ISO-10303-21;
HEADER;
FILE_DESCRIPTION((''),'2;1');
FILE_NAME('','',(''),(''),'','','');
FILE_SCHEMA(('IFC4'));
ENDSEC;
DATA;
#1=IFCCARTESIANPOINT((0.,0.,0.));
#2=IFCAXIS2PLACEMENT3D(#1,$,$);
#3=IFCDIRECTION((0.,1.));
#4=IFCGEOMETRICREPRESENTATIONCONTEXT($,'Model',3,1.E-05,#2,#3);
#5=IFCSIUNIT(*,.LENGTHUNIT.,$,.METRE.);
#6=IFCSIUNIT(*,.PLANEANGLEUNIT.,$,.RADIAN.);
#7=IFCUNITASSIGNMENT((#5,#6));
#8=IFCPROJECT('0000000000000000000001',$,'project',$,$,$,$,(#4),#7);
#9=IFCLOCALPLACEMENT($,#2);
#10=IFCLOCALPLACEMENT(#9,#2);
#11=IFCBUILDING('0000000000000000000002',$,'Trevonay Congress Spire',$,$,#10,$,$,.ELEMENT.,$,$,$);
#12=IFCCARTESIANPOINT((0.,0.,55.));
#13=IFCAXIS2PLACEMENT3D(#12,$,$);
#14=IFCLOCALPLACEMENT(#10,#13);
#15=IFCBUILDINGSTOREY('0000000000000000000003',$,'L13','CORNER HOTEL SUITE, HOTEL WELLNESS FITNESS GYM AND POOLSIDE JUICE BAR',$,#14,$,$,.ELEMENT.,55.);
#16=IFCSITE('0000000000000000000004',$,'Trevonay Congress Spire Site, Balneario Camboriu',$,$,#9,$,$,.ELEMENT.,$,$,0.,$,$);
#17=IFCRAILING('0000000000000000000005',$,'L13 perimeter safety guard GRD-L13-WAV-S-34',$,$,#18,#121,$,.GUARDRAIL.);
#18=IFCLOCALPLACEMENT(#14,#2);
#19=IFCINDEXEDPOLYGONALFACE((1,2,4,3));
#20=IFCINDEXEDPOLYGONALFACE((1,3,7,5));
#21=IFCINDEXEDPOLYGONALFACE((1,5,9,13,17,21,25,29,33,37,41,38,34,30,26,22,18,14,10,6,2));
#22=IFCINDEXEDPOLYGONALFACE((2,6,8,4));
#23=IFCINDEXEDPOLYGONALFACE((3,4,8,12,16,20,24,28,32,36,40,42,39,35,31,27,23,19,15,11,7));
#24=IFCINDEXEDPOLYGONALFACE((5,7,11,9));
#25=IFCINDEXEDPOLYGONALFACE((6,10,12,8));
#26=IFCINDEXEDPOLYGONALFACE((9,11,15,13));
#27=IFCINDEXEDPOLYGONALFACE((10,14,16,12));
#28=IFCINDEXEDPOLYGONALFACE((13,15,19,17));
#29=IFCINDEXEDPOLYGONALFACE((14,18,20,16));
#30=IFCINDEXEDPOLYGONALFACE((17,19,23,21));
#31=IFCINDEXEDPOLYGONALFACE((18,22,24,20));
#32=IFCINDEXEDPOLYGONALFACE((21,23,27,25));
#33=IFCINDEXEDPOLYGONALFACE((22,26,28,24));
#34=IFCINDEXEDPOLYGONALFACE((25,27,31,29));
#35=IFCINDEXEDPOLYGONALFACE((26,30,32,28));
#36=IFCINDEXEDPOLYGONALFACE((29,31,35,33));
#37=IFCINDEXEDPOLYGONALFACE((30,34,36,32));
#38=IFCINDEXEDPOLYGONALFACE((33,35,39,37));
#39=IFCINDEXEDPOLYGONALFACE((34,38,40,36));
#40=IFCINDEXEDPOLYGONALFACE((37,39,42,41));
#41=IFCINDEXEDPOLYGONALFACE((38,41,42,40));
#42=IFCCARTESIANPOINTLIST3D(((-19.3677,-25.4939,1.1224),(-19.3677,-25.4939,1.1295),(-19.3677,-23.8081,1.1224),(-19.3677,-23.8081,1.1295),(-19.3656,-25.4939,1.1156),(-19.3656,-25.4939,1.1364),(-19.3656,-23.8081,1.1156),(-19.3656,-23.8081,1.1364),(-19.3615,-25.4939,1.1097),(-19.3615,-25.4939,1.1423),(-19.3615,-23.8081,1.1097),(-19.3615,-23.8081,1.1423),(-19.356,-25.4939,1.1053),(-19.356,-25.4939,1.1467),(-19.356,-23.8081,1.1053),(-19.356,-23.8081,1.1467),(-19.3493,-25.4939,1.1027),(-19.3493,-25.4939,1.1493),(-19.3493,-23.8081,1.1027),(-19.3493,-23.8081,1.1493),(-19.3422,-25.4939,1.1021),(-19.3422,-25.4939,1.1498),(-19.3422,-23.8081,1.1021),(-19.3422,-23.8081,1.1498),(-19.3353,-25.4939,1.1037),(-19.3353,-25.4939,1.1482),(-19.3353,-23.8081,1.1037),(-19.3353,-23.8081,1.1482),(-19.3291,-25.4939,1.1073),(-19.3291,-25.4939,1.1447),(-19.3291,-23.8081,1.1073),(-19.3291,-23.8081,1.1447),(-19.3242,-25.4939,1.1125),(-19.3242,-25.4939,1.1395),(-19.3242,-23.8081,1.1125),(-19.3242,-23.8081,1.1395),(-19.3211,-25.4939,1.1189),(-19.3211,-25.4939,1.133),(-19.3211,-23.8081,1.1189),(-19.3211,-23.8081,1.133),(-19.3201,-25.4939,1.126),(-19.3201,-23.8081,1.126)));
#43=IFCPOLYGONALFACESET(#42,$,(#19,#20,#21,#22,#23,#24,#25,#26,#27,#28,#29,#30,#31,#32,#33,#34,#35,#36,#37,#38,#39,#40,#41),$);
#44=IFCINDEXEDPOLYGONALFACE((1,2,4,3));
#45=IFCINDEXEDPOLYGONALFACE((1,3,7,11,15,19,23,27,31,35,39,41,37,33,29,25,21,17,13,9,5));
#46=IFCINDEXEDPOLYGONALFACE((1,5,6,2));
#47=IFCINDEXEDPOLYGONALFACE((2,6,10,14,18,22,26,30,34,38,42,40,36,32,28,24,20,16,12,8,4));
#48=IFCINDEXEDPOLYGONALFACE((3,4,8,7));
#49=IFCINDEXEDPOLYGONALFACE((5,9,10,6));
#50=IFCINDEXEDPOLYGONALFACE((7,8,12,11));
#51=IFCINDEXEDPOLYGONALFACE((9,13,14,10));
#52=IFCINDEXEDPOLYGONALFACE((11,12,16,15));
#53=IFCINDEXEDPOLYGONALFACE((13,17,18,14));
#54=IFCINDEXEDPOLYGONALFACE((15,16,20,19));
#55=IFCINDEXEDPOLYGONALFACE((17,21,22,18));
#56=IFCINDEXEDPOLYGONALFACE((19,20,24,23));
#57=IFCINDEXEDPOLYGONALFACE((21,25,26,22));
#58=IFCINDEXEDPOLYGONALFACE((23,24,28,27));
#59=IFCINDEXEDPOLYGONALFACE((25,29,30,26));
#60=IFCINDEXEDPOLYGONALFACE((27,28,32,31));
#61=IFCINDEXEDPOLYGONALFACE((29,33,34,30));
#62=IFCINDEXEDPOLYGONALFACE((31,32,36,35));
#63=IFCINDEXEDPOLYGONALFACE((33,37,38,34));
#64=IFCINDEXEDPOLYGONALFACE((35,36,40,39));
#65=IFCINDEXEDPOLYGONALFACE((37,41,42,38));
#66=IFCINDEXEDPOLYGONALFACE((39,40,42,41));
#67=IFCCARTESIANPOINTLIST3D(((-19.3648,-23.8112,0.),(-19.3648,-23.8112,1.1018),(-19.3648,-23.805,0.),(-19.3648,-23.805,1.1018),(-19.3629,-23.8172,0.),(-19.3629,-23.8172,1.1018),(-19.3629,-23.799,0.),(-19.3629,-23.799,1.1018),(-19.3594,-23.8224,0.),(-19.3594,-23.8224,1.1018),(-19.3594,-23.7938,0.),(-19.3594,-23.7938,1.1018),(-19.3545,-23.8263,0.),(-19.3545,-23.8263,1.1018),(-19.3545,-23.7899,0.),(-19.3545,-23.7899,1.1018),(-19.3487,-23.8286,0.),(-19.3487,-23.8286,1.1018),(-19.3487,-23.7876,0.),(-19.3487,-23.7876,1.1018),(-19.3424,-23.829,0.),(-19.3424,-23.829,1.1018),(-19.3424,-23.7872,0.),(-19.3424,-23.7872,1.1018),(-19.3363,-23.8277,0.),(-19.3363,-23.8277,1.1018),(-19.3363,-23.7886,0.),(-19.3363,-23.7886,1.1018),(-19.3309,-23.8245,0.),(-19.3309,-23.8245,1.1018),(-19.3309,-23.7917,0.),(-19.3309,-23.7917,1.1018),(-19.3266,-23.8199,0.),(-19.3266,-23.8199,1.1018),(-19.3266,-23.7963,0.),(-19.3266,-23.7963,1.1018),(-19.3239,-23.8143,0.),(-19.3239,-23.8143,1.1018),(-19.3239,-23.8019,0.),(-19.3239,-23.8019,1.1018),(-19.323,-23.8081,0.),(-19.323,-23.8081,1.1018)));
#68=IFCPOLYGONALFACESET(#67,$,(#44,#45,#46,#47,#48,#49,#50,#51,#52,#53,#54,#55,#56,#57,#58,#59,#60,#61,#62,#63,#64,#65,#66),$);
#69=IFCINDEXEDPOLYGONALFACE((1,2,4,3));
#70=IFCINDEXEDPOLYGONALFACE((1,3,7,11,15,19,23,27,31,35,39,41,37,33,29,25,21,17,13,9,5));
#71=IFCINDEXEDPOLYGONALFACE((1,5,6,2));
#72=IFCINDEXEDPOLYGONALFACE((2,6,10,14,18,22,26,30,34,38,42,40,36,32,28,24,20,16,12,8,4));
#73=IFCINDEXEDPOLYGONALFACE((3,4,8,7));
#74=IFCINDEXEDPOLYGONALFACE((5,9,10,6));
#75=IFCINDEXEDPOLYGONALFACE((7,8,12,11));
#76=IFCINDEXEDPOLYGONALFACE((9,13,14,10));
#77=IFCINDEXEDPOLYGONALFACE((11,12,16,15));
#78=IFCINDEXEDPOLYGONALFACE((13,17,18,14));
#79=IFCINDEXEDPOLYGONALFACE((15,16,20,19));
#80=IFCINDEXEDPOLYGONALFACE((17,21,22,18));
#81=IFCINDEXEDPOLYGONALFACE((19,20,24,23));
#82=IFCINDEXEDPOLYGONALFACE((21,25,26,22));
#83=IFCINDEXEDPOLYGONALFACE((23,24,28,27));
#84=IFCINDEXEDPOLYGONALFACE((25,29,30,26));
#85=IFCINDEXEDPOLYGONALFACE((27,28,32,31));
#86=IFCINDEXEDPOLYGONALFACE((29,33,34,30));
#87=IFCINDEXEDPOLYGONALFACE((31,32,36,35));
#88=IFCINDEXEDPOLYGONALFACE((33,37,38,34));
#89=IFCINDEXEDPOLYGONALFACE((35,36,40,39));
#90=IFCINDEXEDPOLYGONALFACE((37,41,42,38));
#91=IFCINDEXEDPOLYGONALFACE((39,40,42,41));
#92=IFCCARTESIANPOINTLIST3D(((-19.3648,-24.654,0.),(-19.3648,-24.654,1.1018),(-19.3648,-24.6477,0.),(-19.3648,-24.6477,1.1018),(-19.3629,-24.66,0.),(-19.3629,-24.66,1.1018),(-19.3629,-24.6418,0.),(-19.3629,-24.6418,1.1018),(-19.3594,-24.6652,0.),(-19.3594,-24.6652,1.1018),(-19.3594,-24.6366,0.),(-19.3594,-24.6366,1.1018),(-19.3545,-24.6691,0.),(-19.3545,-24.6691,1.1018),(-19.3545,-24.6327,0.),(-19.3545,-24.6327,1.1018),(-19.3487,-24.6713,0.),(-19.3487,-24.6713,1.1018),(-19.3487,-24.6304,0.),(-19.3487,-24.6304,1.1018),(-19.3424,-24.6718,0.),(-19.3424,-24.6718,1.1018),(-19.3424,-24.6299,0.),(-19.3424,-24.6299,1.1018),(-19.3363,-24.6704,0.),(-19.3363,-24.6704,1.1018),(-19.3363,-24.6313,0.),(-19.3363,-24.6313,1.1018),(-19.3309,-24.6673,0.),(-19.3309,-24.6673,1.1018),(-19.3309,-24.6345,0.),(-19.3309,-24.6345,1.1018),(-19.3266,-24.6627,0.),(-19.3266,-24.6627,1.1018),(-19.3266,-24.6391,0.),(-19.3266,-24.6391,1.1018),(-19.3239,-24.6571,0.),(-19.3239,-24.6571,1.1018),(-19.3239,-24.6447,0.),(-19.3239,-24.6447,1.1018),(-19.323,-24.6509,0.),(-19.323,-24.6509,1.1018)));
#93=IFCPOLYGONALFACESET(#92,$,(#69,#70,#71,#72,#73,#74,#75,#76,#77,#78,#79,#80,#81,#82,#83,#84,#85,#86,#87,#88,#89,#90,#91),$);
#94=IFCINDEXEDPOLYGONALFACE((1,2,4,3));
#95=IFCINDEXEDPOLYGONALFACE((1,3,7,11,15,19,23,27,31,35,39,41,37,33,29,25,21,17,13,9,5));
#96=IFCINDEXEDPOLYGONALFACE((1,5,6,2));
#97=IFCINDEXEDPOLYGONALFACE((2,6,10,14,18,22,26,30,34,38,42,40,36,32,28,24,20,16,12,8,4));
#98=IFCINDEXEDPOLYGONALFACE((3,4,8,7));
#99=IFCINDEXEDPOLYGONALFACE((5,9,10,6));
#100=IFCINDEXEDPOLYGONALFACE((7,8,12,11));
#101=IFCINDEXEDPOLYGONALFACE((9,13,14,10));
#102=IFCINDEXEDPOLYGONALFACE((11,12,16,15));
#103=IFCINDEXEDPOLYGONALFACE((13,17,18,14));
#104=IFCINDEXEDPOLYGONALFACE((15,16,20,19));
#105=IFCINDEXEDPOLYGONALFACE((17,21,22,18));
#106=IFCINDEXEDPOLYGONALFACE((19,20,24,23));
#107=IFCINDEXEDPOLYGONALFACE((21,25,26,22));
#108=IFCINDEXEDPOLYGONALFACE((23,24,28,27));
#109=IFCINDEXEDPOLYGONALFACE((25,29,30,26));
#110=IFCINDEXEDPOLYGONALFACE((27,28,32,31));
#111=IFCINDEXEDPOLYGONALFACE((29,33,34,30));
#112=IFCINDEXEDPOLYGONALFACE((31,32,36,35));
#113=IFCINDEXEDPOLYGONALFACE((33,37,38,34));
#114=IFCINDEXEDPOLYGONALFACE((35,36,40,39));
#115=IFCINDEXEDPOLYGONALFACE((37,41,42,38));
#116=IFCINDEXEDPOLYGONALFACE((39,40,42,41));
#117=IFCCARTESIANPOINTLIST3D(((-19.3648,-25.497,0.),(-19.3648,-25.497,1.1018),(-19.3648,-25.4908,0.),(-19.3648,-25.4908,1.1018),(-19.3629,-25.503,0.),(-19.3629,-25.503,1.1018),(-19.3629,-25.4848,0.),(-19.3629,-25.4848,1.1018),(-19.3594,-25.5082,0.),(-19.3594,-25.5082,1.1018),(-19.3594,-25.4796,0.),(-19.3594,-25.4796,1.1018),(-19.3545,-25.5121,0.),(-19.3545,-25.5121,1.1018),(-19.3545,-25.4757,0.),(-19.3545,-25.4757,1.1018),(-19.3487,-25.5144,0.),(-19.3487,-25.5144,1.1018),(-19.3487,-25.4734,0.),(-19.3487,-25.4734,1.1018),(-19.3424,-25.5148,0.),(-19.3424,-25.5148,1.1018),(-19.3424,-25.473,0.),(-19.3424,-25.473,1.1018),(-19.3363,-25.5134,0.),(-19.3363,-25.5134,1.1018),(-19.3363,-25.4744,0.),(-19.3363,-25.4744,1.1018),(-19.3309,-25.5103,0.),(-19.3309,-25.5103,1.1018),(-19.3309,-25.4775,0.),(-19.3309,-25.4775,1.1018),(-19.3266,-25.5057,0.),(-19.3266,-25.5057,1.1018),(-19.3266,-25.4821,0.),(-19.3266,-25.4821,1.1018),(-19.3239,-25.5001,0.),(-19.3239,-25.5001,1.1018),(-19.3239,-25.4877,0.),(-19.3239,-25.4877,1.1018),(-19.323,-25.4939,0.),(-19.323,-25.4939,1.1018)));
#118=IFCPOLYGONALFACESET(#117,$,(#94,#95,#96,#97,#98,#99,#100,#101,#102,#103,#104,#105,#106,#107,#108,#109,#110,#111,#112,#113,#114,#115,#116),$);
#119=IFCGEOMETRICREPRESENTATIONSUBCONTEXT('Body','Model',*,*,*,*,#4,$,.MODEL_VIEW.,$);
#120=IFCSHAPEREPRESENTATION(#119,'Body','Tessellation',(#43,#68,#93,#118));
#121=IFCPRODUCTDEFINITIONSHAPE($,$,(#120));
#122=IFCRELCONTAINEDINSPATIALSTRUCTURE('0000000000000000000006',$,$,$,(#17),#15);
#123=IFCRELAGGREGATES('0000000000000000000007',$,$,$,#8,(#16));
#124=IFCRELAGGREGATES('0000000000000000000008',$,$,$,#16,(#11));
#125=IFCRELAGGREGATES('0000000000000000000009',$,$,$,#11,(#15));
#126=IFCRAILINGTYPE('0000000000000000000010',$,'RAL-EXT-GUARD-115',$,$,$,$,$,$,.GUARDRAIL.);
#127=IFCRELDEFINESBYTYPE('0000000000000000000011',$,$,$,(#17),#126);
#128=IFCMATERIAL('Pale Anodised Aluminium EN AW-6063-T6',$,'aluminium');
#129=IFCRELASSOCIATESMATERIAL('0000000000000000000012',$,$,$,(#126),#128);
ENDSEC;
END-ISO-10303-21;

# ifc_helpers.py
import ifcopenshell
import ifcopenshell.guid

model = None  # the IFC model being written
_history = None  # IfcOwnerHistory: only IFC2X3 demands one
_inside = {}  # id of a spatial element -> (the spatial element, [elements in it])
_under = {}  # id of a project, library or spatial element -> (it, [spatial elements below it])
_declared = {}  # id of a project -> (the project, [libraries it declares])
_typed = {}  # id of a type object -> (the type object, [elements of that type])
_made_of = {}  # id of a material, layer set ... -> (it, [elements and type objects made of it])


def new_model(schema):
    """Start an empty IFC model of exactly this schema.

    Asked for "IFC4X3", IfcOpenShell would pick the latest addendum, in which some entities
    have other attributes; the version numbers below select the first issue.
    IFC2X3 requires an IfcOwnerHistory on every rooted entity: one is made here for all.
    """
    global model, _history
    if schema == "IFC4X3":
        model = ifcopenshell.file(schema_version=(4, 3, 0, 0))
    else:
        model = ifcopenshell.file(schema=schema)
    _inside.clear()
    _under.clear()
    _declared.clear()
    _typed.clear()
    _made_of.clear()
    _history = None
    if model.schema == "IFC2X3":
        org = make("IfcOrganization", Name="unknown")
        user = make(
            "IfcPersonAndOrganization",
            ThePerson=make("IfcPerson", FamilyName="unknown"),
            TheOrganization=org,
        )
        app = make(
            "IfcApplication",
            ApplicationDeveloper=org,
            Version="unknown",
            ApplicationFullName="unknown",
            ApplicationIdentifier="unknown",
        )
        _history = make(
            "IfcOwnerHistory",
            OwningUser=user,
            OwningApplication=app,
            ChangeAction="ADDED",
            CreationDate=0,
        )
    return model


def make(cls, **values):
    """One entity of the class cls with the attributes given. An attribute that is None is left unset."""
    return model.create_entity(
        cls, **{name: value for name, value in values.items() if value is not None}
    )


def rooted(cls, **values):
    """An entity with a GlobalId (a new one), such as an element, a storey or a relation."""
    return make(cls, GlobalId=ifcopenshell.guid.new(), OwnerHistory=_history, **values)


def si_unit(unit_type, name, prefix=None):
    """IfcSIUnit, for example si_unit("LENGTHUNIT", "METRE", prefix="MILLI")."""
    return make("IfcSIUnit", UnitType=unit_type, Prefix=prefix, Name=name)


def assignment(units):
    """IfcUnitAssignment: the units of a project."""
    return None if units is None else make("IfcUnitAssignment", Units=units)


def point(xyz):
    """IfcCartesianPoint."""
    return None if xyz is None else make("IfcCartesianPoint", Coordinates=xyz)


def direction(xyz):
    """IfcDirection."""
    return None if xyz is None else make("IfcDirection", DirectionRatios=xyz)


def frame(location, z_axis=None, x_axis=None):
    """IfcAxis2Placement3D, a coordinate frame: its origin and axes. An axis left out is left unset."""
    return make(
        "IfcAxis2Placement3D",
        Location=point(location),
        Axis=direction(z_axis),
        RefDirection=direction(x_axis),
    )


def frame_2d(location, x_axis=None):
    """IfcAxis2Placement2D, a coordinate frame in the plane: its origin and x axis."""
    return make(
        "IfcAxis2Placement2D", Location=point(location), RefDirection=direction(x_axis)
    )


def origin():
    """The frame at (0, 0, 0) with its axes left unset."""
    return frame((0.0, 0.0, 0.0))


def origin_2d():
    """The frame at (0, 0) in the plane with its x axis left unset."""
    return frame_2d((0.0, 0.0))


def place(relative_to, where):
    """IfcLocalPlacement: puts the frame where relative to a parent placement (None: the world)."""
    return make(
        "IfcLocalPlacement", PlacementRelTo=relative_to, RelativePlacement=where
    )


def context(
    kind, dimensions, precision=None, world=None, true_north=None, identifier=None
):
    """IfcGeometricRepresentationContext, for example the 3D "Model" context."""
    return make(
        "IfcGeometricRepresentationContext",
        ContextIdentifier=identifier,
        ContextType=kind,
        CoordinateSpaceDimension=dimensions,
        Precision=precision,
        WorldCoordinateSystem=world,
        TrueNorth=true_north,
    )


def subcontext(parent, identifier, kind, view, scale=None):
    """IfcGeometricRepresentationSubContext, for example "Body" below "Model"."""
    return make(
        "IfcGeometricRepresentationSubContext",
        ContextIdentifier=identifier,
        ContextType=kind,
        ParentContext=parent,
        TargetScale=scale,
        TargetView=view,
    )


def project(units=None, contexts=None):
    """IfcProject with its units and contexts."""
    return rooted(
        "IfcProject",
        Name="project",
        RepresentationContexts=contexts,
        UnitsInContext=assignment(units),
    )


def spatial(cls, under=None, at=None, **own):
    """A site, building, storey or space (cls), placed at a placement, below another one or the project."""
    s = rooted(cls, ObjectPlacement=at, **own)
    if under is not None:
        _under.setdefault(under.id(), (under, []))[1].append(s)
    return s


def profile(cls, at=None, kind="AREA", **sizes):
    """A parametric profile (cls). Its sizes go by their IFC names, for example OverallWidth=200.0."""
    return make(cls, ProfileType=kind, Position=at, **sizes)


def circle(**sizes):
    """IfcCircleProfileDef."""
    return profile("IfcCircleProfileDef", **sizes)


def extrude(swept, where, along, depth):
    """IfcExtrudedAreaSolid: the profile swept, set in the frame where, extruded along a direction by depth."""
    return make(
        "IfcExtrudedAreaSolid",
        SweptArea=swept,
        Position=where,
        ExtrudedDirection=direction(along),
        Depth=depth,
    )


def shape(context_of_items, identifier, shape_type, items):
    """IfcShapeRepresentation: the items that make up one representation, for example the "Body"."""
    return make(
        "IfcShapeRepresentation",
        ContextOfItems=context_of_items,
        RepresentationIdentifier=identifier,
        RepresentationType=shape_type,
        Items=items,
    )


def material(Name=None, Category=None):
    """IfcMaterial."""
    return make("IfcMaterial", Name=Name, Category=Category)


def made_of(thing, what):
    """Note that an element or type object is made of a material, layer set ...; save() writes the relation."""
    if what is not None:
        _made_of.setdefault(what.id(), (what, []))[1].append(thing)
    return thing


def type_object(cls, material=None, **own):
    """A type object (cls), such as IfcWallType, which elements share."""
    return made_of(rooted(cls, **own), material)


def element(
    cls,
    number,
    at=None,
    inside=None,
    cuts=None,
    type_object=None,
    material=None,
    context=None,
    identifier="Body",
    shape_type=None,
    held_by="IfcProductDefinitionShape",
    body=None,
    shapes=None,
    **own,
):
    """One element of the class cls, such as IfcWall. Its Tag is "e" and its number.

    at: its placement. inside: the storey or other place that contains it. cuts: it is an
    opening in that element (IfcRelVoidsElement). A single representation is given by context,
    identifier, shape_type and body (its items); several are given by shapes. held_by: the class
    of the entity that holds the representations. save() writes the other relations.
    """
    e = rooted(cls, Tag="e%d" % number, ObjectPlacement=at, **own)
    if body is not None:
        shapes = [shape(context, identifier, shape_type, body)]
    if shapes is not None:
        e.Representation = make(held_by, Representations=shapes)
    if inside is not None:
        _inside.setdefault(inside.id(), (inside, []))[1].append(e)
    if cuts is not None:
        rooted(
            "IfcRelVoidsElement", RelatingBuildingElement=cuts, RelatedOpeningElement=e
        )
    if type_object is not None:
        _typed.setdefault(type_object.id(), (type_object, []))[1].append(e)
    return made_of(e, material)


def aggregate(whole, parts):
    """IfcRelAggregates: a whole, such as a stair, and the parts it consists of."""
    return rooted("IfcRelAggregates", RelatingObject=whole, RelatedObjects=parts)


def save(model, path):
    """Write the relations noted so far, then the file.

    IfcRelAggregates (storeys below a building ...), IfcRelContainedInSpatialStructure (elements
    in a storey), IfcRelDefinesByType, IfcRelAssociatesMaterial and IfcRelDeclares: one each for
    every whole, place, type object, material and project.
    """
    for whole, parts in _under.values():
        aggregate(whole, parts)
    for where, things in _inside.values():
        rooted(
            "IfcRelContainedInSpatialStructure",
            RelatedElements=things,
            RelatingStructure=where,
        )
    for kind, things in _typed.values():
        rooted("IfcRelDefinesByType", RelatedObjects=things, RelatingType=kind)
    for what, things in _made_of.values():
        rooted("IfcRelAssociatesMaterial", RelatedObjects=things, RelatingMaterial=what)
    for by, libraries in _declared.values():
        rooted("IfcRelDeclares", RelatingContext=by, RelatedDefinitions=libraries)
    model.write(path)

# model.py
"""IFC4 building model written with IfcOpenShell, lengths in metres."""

from ifc_helpers import new_model, si_unit, direction, frame, origin, origin_2d, place, context, subcontext, project, spatial, circle, extrude, material, type_object, element, save


model = new_model("IFC4")

# Units and contexts
model_context = context("Model", 3, precision=1e-05, world=origin(), true_north=direction((0.0, 1.0)))
body_context = subcontext(model_context, "Body", "Model", "MODEL_VIEW")
ifc_project = project(units=[si_unit("LENGTHUNIT", "METRE"), si_unit("PLANEANGLEUNIT", "RADIAN")], contexts=[model_context])

# Site, building, storey
site_placement = place(None, origin())
site = spatial("IfcSite", under=ifc_project, at=site_placement, Name="Trevonay Congress Spire Site, Balneario Camboriu", CompositionType="ELEMENT", RefElevation=0.0)
building_placement = place(site_placement, origin())
building = spatial("IfcBuilding", under=site, at=building_placement, Name="Trevonay Congress Spire", CompositionType="ELEMENT")
storey_placement = place(building_placement, frame((0.0, 0.0, 55.0)))
storey = spatial("IfcBuildingStorey", under=building, at=storey_placement, Name="L13", Description="CORNER HOTEL SUITE, HOTEL WELLNESS FITNESS GYM AND POOLSIDE JUICE BAR", CompositionType="ELEMENT", Elevation=55.0)

# Shared definitions
ifc_material_1 = material(Name="Pale Anodised Aluminium EN AW-6063-T6", Category="aluminium")

# Railing
railing_type = type_object("IfcRailingType", Name="RAL-EXT-GUARD-115", PredefinedType="GUARDRAIL", material=ifc_material_1)
railing_1_placement = place(storey_placement, frame((-19.344, -23.8081, 0.0)))
element("IfcRailing", 1, at=railing_1_placement, inside=storey, type_object=railing_type, Name="L13 perimeter safety guard GRD-L13-WAV-S-34", PredefinedType="GUARDRAIL", context=body_context, shape_type="SweptSolid", body=[
    extrude(circle(Radius=0.0239, at=origin_2d()), frame((0.0, 0.0, 1.126), z_axis=(0.0, -1.0, 0.0), x_axis=(1.0, 0.0, 0.0)), (0.0, 0.0, 1.0), 1.6858),
    extrude(circle(Radius=0.021, at=origin_2d()), origin(), (0.0, 0.0, 1.0), 1.1018),
    extrude(circle(Radius=0.021, at=origin_2d()), frame((0.0, -0.8428, 0.0)), (0.0, 0.0, 1.0), 1.1018),
    extrude(circle(Radius=0.021, at=origin_2d()), frame((0.0, -1.6858, 0.0)), (0.0, 0.0, 1.0), 1.1018),
])

save(model, "model.ifc")
